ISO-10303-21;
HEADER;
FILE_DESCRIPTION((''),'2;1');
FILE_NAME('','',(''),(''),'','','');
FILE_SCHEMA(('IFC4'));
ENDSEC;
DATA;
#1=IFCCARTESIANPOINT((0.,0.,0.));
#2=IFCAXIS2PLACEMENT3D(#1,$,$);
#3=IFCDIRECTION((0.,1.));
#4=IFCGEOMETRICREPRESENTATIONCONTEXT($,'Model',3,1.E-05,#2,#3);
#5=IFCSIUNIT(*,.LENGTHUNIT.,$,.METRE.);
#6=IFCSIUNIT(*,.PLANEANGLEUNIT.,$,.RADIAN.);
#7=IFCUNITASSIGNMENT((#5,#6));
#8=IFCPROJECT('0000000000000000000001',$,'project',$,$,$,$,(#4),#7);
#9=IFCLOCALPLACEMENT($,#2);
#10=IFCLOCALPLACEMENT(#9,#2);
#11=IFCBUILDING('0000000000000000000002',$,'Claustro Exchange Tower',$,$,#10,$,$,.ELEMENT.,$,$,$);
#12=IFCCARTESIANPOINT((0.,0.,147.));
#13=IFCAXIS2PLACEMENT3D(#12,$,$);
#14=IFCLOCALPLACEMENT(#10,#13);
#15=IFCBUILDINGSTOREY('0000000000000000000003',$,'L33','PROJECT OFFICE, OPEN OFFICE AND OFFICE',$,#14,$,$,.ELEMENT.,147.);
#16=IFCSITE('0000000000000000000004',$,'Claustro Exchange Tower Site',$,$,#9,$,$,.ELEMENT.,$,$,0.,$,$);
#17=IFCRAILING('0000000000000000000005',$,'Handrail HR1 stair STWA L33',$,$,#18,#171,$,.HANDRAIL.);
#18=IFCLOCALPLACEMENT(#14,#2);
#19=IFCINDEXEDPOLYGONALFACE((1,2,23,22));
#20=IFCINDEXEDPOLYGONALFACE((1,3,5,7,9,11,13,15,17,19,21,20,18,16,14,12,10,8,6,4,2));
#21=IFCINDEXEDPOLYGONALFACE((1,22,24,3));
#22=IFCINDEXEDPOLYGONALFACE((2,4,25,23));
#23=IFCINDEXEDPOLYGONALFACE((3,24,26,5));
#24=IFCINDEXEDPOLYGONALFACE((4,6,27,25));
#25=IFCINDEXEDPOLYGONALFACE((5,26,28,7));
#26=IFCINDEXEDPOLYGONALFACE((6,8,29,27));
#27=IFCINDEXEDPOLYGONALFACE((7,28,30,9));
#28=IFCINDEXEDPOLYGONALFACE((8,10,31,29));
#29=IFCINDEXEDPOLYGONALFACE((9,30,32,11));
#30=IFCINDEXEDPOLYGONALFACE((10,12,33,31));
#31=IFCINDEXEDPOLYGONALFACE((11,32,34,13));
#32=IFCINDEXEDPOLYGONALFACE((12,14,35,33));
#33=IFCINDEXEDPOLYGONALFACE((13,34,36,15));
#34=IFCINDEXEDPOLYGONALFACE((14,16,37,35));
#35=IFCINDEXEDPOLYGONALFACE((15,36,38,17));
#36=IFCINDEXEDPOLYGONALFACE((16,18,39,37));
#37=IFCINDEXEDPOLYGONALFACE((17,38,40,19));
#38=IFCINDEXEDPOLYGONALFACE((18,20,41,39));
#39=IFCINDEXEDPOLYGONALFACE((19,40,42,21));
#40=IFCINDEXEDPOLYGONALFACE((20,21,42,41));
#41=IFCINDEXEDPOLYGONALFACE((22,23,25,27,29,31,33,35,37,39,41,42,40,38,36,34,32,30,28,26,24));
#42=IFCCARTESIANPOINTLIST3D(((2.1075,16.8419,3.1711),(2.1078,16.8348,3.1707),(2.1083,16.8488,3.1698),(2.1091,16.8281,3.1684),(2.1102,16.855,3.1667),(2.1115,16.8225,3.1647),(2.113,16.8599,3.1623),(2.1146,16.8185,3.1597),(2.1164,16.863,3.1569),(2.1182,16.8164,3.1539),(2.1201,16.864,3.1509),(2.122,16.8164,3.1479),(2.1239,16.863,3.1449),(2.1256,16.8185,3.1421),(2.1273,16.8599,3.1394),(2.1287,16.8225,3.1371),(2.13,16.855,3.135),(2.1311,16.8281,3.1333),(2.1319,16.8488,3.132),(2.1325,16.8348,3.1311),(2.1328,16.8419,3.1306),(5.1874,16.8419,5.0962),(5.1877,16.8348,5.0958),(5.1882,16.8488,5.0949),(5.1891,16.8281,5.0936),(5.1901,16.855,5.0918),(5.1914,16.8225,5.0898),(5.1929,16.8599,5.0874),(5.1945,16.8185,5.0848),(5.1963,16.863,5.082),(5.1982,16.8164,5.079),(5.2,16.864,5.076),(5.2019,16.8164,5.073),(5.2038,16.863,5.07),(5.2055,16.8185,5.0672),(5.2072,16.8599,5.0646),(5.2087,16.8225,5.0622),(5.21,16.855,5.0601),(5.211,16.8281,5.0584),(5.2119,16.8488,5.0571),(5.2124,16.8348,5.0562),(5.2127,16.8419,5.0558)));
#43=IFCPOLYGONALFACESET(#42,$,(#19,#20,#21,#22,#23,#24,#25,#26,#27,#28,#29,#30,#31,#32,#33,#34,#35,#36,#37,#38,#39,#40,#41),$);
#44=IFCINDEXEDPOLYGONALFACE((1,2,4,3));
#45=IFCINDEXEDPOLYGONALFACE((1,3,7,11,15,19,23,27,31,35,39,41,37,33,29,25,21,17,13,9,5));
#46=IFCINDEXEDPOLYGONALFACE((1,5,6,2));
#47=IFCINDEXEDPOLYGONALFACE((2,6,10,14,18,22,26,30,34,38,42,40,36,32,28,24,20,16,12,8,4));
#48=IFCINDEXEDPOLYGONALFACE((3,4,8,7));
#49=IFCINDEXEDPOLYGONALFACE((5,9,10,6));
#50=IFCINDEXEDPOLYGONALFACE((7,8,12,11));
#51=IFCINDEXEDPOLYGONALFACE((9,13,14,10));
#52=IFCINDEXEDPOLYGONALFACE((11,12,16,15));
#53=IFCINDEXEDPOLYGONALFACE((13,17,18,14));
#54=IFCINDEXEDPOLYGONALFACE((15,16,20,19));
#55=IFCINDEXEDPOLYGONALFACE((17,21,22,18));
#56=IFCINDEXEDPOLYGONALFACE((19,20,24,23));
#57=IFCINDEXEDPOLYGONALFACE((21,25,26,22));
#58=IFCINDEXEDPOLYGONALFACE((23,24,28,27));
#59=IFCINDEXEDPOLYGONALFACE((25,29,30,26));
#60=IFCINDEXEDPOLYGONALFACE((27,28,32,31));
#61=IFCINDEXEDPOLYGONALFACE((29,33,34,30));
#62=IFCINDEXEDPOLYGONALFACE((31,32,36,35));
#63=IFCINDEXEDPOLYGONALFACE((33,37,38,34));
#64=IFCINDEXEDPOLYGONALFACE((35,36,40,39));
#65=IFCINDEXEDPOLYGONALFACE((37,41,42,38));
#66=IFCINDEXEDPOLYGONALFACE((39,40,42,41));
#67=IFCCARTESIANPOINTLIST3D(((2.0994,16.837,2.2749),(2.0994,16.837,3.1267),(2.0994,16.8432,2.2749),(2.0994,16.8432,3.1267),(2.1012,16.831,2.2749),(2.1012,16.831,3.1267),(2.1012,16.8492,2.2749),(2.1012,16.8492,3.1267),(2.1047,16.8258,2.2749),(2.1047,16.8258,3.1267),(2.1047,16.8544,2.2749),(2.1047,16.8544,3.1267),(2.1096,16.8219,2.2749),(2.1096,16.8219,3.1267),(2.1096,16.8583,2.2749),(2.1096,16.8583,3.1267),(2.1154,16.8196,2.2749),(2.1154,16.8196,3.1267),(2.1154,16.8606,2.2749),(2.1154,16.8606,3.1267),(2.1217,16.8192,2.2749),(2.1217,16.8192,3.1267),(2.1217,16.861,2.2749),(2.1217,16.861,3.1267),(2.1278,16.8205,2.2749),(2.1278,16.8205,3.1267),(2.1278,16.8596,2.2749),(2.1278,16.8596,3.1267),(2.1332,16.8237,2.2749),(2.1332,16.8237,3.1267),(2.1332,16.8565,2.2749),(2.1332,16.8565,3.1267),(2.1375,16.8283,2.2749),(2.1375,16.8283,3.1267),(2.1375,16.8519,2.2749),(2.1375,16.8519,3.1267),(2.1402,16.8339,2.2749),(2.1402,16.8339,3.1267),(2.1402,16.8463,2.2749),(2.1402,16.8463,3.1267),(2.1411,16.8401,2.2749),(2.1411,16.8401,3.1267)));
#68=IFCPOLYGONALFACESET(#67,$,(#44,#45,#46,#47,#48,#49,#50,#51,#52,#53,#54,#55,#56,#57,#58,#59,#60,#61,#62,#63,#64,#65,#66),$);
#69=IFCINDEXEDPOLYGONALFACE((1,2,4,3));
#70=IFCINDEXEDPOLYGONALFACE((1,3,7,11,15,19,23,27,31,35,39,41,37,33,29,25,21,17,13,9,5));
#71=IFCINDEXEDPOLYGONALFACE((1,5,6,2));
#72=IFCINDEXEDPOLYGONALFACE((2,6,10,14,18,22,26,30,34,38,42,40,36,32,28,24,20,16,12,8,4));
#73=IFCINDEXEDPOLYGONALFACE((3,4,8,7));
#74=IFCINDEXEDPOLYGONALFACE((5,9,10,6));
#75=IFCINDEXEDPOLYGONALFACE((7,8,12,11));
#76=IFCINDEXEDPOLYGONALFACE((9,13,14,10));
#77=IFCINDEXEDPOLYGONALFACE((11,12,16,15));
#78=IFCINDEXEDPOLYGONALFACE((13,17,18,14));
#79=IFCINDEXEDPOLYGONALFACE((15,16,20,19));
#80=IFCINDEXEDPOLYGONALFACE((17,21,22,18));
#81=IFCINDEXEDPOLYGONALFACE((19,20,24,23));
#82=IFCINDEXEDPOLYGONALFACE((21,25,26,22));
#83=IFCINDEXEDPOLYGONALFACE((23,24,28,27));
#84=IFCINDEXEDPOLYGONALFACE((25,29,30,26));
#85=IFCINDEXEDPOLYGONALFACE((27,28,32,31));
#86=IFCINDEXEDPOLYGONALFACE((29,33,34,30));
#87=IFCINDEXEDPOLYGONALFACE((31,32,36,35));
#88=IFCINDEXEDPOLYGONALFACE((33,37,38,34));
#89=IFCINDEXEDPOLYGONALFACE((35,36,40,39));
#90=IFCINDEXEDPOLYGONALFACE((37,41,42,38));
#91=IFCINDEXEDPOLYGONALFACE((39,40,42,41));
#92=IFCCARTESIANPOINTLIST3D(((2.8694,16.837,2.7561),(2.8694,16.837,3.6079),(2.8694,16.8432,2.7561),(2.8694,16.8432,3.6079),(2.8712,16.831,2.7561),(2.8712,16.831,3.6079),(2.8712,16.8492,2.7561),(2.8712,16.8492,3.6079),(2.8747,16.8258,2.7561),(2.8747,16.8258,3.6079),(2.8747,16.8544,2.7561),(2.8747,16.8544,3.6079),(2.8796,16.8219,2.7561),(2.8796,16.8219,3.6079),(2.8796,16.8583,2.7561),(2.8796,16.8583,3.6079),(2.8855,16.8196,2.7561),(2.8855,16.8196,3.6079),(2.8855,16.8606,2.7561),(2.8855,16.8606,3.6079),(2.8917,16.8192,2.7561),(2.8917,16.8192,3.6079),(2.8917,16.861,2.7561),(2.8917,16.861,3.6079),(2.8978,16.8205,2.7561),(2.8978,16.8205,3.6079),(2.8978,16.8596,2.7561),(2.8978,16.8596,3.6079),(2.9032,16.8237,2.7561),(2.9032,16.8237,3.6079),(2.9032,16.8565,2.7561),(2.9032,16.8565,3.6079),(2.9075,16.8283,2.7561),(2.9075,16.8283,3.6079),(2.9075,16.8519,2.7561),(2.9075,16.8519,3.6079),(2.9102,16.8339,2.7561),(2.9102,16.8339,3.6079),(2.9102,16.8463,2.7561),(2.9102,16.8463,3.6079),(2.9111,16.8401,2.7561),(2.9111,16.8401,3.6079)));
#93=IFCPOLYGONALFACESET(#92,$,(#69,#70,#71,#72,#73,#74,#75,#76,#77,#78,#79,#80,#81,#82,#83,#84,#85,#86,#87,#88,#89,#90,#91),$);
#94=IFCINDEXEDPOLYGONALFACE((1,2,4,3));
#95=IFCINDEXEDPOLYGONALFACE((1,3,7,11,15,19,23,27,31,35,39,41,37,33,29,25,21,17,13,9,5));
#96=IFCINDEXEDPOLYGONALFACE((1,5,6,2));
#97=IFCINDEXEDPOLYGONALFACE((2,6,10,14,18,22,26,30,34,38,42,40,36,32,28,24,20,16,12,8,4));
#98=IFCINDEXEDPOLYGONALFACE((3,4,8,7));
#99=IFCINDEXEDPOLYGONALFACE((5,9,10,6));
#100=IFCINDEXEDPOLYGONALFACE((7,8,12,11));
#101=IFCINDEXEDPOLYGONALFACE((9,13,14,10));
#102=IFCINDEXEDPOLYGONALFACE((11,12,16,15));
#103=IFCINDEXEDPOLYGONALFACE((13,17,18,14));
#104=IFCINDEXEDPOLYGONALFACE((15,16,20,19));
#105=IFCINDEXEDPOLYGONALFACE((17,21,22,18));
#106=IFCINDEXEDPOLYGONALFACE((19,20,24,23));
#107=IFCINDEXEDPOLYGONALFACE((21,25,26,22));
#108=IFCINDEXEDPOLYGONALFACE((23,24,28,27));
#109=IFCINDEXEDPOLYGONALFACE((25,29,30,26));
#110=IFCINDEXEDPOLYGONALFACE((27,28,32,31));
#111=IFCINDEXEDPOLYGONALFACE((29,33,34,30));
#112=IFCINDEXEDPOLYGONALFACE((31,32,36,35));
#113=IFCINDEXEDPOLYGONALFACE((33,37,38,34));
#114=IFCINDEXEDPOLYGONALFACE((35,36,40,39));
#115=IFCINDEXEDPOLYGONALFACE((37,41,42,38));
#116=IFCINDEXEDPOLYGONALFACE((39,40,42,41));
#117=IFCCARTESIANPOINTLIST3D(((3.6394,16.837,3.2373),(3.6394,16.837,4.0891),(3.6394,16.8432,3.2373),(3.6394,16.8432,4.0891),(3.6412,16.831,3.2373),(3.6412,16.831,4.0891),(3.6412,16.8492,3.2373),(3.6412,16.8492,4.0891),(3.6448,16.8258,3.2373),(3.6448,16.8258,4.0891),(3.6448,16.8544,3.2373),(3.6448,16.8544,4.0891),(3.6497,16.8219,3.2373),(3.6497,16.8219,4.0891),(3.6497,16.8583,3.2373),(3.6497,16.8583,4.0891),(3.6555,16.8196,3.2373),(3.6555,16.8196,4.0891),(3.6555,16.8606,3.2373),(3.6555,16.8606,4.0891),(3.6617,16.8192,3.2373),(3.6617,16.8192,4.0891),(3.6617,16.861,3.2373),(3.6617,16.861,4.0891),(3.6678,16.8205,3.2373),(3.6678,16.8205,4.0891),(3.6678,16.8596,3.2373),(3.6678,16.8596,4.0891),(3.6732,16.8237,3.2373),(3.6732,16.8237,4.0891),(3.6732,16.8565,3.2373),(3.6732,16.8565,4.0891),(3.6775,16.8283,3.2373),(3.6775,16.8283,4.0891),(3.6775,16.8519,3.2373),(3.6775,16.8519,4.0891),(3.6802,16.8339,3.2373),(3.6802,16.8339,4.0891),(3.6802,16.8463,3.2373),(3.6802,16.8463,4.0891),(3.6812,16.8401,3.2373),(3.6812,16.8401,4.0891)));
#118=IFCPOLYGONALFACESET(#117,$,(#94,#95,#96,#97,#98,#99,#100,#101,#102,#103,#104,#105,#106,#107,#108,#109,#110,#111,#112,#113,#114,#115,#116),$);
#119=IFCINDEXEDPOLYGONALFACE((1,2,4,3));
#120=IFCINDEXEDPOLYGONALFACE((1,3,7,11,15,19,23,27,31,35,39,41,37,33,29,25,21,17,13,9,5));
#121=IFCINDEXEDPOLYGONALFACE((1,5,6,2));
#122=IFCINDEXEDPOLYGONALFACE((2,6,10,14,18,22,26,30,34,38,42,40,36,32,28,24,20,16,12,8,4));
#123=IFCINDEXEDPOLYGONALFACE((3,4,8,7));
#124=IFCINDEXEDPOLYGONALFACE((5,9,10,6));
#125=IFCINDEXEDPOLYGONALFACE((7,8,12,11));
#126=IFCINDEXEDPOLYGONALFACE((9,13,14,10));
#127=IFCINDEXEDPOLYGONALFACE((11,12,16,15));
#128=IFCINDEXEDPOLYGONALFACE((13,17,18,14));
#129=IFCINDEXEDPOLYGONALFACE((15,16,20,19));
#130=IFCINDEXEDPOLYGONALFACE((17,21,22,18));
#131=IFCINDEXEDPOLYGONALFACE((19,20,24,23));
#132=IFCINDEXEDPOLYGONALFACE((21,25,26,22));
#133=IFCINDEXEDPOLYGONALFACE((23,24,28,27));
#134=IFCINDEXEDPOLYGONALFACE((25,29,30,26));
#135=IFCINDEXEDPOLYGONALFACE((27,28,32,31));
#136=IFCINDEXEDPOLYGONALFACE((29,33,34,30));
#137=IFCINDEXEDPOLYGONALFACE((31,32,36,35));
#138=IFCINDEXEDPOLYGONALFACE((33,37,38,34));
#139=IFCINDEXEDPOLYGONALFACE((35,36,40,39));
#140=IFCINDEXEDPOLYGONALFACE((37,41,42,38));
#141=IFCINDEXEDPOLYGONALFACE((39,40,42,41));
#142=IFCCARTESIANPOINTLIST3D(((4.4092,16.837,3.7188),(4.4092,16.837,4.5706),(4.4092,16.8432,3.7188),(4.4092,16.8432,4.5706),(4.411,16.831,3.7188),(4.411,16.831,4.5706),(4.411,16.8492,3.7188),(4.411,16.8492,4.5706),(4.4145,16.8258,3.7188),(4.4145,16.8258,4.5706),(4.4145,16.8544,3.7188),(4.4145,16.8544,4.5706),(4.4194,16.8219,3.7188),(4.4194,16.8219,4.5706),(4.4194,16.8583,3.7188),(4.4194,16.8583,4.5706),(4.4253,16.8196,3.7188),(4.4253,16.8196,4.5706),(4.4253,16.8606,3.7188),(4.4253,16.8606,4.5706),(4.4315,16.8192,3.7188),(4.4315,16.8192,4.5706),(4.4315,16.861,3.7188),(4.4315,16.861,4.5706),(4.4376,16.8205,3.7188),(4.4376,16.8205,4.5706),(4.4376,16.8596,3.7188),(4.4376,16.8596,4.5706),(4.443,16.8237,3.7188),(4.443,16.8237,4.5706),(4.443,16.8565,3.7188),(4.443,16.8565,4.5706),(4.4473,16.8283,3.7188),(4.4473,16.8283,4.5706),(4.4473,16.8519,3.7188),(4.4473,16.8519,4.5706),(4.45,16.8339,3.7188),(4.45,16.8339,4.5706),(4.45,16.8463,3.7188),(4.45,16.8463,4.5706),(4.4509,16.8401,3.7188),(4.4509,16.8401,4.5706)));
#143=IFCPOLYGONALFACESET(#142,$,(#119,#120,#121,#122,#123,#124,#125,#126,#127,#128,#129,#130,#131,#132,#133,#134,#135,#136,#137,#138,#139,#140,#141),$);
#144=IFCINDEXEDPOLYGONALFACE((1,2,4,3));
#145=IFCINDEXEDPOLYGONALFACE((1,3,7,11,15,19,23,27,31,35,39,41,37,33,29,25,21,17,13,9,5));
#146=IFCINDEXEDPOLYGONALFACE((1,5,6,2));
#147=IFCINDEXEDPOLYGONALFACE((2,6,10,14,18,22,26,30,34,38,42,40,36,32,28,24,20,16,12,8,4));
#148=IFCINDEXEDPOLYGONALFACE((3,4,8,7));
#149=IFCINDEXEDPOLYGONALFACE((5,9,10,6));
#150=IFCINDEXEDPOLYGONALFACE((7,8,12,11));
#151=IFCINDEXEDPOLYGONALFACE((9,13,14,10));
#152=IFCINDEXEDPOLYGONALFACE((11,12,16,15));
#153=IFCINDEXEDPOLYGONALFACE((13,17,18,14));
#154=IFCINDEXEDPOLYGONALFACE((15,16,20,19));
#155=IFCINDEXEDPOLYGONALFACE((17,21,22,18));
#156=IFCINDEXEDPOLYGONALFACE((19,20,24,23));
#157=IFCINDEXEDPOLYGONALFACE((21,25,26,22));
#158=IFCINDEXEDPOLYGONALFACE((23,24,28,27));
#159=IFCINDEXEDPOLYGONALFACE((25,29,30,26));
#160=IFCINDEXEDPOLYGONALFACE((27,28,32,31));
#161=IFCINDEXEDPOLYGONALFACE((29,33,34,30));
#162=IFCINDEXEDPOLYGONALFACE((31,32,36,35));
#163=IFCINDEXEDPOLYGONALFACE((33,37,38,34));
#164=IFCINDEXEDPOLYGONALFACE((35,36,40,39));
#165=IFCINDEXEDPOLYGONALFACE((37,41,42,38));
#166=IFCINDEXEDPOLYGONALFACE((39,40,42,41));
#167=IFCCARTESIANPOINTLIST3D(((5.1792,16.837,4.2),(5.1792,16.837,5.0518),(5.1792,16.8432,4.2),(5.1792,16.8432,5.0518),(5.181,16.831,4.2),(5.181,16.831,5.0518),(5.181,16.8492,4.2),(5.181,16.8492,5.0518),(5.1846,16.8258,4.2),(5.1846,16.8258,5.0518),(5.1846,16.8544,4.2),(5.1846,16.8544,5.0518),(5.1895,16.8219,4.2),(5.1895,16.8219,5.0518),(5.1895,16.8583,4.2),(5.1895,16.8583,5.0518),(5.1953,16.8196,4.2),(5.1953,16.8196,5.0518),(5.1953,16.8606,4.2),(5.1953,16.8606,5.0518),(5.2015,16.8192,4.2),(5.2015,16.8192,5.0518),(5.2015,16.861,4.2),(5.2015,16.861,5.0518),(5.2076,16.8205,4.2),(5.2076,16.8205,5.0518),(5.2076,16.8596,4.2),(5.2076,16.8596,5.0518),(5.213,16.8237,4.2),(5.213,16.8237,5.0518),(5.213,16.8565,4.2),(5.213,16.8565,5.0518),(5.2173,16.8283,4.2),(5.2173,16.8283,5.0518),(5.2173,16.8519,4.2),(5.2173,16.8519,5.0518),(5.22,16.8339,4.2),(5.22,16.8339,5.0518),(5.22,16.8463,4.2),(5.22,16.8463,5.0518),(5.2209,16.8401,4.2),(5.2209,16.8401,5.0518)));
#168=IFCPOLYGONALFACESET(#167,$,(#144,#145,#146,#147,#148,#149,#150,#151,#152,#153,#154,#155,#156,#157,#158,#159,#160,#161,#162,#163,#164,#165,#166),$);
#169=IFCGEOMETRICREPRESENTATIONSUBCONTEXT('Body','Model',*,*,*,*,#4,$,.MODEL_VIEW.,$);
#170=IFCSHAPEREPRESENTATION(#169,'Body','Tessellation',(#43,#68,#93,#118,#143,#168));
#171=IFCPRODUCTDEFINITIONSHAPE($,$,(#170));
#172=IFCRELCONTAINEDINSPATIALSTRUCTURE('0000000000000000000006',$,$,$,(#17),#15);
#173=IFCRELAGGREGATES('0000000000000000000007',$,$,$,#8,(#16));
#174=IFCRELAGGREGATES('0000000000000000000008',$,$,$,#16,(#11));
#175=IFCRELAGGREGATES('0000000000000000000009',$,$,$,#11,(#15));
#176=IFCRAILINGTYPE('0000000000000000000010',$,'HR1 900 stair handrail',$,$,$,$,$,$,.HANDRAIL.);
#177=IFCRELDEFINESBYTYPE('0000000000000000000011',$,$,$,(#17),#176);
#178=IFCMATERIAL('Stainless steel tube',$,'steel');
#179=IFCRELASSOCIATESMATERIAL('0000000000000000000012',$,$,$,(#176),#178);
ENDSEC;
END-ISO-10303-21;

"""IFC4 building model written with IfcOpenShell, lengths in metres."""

from ifc_helpers import new_model, si_unit, direction, frame, origin, origin_2d, place, context, subcontext, project, spatial, circle, extrude, material, type_object, element, save


model = new_model("IFC4")

# Units and contexts
model_context = context("Model", 3, precision=1e-05, world=origin(), true_north=direction((0.0, 1.0)))
body_context = subcontext(model_context, "Body", "Model", "MODEL_VIEW")
ifc_project = project(units=[si_unit("LENGTHUNIT", "METRE"), si_unit("PLANEANGLEUNIT", "RADIAN")], contexts=[model_context])

# Site, building, storey
site_placement = place(None, origin())
site = spatial("IfcSite", under=ifc_project, at=site_placement, Name="Claustro Exchange Tower Site", CompositionType="ELEMENT", RefElevation=0.0)
building_placement = place(site_placement, origin())
building = spatial("IfcBuilding", under=site, at=building_placement, Name="Claustro Exchange Tower", CompositionType="ELEMENT")
storey_placement = place(building_placement, frame((0.0, 0.0, 147.0)))
storey = spatial("IfcBuildingStorey", under=building, at=storey_placement, Name="L33", Description="PROJECT OFFICE, OPEN OFFICE AND OFFICE", CompositionType="ELEMENT", Elevation=147.0)

# Railing
ifc_material_1 = material(Name="Stainless steel tube", Category="steel")
railing_type = type_object("IfcRailingType", Name="HR1 900 stair handrail", PredefinedType="HANDRAIL", material=ifc_material_1)
railing_placement = place(storey_placement, frame((2.1201, 16.8401, 2.2749)))
element("IfcRailing", 1, at=railing_placement, inside=storey, type_object=railing_type, Name="Handrail HR1 stair STWA L33", PredefinedType="HANDRAIL", context=body_context, shape_type="SweptSolid", body=[
    extrude(circle(Radius=0.0239, at=origin_2d()), frame((0.0, 0.0, 0.876), z_axis=(0.847979, 0.0, 0.530029), x_axis=(0.0, 1.0, 0.0)), (0.0, 0.0, 1.0), 3.6321),
    extrude(circle(Radius=0.021, at=origin_2d()), origin(), (0.0, 0.0, 1.0), 0.8518),
    extrude(circle(Radius=0.021, at=origin_2d()), frame((0.77, 0.0, 0.4812)), (0.0, 0.0, 1.0), 0.8518),
    extrude(circle(Radius=0.021, at=origin_2d()), frame((1.54, 0.0, 0.9624)), (0.0, 0.0, 1.0), 0.8518),
    extrude(circle(Radius=0.021, at=origin_2d()), frame((2.3098, 0.0, 1.4438)), (0.0, 0.0, 1.0), 0.8518),
    extrude(circle(Radius=0.021, at=origin_2d()), frame((3.0798, 0.0, 1.925)), (0.0, 0.0, 1.0), 0.8518),
])

save(model, "model.ifc")
